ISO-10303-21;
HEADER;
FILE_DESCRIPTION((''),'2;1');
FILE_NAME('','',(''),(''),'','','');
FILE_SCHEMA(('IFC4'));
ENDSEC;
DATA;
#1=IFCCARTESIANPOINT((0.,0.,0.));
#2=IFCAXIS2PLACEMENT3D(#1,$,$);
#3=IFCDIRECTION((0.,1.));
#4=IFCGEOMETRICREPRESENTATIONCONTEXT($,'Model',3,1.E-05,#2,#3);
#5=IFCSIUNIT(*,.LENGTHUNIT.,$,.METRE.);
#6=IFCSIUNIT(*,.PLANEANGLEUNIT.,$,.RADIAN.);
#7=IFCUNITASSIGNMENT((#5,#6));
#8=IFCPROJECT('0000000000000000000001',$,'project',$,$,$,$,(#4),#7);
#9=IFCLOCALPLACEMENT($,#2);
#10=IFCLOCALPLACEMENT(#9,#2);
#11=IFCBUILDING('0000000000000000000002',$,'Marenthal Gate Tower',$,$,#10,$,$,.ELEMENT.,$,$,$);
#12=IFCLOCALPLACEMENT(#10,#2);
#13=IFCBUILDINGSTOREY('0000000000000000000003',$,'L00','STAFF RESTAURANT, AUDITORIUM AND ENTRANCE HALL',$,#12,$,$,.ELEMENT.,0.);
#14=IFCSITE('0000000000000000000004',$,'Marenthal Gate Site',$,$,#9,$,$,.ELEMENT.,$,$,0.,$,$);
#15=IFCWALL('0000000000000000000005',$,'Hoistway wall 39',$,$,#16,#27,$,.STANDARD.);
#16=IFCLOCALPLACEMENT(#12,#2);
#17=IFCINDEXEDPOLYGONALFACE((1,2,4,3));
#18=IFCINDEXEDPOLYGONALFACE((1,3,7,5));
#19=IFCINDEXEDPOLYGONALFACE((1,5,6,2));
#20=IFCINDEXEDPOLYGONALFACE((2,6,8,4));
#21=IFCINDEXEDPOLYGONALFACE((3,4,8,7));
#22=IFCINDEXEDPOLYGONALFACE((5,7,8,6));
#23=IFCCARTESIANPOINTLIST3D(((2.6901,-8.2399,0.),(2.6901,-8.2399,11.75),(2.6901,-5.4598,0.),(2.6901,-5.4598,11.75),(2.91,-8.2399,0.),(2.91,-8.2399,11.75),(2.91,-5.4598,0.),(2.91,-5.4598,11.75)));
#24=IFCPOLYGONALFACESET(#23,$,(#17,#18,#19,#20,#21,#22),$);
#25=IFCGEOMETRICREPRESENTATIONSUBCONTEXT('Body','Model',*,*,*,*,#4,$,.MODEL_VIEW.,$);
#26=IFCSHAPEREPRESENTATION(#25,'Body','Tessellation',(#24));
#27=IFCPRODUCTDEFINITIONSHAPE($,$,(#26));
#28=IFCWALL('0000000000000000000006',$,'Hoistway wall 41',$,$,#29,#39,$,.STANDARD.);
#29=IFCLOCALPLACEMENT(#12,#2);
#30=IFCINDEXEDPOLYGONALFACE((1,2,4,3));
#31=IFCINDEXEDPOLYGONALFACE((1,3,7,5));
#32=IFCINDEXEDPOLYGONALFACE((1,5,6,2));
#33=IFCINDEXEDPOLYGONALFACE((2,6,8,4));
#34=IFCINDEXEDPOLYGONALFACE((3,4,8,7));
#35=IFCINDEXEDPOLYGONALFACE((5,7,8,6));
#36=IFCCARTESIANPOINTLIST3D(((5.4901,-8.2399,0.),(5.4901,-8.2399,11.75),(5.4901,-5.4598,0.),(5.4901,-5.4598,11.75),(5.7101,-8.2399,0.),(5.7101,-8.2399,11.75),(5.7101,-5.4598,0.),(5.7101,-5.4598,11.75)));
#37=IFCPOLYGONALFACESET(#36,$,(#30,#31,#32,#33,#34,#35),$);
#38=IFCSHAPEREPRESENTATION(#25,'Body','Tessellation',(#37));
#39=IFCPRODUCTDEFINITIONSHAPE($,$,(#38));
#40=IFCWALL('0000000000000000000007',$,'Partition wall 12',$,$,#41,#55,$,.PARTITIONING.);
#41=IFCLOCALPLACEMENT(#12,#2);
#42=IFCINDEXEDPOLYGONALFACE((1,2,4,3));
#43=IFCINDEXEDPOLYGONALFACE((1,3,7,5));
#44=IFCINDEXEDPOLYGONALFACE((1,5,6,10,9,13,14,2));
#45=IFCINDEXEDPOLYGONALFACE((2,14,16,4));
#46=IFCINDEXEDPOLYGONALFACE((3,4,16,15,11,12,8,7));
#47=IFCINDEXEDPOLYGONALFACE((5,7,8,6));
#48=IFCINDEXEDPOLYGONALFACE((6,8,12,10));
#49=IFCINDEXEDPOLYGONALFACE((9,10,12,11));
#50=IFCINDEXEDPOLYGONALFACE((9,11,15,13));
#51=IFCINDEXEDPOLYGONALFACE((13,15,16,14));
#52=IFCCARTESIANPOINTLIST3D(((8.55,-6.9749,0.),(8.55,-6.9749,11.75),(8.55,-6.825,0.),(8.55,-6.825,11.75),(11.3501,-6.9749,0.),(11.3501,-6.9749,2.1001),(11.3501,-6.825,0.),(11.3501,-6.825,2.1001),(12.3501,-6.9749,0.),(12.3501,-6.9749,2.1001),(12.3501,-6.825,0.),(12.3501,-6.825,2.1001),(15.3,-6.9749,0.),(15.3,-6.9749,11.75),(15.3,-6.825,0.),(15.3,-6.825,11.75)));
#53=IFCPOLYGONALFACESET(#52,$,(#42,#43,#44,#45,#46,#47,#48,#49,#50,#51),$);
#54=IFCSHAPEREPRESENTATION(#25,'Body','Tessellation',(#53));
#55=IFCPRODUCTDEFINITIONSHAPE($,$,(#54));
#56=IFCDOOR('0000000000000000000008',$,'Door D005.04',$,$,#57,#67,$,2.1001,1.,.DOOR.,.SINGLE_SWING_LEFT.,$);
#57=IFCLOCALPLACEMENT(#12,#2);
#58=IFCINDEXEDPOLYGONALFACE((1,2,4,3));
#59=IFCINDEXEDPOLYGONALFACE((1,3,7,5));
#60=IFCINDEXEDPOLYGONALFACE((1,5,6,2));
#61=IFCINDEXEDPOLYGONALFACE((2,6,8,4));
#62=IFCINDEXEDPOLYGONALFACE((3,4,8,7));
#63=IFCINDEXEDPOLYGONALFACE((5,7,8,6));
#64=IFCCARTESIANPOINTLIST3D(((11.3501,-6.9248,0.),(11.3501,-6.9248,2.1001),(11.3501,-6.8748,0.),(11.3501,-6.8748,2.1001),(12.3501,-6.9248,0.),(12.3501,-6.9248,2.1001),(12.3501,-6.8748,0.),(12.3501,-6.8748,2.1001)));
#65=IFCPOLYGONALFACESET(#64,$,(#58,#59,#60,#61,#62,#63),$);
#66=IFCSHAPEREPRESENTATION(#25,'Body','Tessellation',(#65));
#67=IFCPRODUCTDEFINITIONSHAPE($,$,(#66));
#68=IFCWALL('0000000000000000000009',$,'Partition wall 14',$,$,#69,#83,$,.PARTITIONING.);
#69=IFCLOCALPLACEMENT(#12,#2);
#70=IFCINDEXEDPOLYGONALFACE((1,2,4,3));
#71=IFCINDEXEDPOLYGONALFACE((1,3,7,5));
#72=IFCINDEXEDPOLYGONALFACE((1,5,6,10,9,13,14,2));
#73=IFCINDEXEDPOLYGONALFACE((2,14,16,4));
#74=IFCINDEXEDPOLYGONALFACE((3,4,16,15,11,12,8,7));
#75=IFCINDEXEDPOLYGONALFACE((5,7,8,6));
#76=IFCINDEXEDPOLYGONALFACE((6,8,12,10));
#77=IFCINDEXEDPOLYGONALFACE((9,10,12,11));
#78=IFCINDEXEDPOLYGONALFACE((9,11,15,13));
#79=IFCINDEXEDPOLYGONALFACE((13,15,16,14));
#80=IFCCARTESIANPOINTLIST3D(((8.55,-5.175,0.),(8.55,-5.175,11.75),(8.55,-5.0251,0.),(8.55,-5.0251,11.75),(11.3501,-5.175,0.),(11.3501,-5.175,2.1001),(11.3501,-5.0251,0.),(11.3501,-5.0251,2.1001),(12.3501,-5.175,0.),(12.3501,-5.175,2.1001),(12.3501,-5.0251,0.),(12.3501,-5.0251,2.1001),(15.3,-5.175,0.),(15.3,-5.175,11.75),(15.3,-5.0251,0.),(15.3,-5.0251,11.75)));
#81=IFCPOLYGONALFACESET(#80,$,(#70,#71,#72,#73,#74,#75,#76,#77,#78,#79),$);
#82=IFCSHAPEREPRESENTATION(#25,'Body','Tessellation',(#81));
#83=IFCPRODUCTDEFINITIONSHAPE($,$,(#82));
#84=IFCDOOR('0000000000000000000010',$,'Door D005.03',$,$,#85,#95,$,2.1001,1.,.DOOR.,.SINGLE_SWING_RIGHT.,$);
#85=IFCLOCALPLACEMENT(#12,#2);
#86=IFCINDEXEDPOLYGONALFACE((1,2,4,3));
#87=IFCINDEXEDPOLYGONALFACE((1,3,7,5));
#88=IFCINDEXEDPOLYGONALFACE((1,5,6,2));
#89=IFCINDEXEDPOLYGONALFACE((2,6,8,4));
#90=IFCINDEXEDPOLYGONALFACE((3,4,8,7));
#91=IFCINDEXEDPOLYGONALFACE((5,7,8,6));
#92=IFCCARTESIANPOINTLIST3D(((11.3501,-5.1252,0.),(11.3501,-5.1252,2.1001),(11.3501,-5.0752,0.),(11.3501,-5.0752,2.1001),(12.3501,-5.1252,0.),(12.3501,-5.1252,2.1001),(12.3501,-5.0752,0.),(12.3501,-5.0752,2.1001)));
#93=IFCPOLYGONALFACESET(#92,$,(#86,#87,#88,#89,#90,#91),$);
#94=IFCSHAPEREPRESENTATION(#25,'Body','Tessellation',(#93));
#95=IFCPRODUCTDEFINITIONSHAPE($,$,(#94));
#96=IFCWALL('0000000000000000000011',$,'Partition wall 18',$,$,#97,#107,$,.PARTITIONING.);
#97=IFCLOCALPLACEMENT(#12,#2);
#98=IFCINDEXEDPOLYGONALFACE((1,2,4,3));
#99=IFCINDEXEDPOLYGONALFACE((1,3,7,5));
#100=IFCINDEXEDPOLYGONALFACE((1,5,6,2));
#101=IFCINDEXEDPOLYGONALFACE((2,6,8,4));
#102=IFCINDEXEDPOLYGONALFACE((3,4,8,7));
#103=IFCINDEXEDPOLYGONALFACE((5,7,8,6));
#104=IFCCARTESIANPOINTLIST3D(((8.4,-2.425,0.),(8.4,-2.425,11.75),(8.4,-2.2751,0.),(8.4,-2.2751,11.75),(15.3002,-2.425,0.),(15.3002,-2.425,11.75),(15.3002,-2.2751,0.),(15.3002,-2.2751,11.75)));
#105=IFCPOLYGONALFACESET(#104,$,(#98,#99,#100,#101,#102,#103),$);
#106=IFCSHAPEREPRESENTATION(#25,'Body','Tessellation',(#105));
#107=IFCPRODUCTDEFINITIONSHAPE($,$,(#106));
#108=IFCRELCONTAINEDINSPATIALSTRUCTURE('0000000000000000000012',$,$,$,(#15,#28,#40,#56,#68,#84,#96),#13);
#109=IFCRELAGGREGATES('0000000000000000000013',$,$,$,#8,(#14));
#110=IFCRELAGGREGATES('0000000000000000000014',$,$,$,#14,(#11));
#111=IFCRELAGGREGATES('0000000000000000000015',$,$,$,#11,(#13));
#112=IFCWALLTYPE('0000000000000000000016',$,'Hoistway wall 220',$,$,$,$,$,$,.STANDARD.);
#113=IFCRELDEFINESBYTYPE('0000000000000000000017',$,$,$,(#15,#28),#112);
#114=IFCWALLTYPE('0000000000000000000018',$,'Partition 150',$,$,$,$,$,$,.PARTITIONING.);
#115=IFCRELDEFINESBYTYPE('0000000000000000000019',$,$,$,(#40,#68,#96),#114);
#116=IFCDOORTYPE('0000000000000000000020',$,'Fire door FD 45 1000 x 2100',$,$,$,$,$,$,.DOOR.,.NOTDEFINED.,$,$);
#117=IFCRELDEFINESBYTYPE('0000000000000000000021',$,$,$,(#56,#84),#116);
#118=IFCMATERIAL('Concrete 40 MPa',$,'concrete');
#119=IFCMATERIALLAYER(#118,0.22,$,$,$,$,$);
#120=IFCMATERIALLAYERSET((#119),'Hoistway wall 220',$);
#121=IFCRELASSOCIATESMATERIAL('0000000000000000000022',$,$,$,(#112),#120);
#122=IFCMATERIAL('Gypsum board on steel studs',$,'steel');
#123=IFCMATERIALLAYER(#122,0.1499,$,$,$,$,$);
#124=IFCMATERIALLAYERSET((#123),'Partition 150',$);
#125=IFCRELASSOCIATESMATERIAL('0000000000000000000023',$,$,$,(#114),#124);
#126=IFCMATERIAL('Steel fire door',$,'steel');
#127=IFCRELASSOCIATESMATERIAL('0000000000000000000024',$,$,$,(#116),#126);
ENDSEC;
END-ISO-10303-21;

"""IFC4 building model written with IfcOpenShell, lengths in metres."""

from ifc_helpers import new_model, si_unit, direction, frame, frame_2d, origin, place, context, subcontext, project, spatial, rectangle, extrude, material, layer, layer_set, type_object, element, fill, save


model = new_model("IFC4")

# Units and contexts
model_context = context("Model", 3, precision=1e-05, world=origin(), true_north=direction((0.0, 1.0)))
body_context = subcontext(model_context, "Body", "Model", "MODEL_VIEW")
ifc_project = project(units=[si_unit("LENGTHUNIT", "METRE"), si_unit("PLANEANGLEUNIT", "RADIAN")], contexts=[model_context])

# Site, building, storey
site_placement = place(None, origin())
site = spatial("IfcSite", under=ifc_project, at=site_placement, Name="Marenthal Gate Site", CompositionType="ELEMENT", RefElevation=0.0)
building_placement = place(site_placement, origin())
building = spatial("IfcBuilding", under=site, at=building_placement, Name="Marenthal Gate Tower", CompositionType="ELEMENT")
storey_placement = place(building_placement, origin())
storey = spatial("IfcBuildingStorey", under=building, at=storey_placement, Name="L00", Description="STAFF RESTAURANT, AUDITORIUM AND ENTRANCE HALL", CompositionType="ELEMENT", Elevation=0.0)

# Walls
ifc_material_1 = material(Name="Concrete 40 MPa", Category="concrete")
ifc_layer_1 = layer(ifc_material_1, 0.22)
ifc_layer_set_1 = layer_set([ifc_layer_1], Name="Hoistway wall 220")
wall_type_1 = type_object("IfcWallType", Name="Hoistway wall 220", PredefinedType="STANDARD", material=ifc_layer_set_1)
for number, where, z_axis, x_axis, name in (
    (1, (2.8, -8.24, 0.0), (0.0, 0.0, 1.0), (0.0, 1.0, 0.0), "Hoistway wall 39"),
    (2, (5.6001, -8.24, 0.0), (0.0, 0.0, 1.0), (0.0, 1.0, 0.0), "Hoistway wall 41"),
):
    element("IfcWall", number, at=place(storey_placement, frame(where, z_axis=z_axis, x_axis=x_axis)), inside=storey, type_object=wall_type_1, Name=name, PredefinedType="STANDARD", context=body_context, shape_type="SweptSolid", body=[
        extrude(rectangle(XDim=2.78, YDim=0.22, at=frame_2d((1.3901, 0.0))), origin(), (0.0, 0.0, 1.0), 11.75),
    ])

# Walls, openings, doors
ifc_material_2 = material(Name="Gypsum board on steel studs", Category="steel")
ifc_layer_2 = layer(ifc_material_2, 0.1499)
ifc_layer_set_2 = layer_set([ifc_layer_2], Name="Partition 150")
wall_type_2 = type_object("IfcWallType", Name="Partition 150", PredefinedType="PARTITIONING", material=ifc_layer_set_2)
wall_1_placement = place(storey_placement, frame((8.55, -6.8999, 0.0), z_axis=(0.0, 0.0, 1.0), x_axis=(1.0, 0.0, 0.0)))
wall_1 = element("IfcWall", 3, at=wall_1_placement, inside=storey, type_object=wall_type_2, Name="Partition wall 12", PredefinedType="PARTITIONING", context=body_context, shape_type="SweptSolid", body=[
    extrude(rectangle(XDim=6.75, YDim=0.1499, at=frame_2d((3.375, 0.0))), origin(), (0.0, 0.0, 1.0), 11.75),
])
opening_1_placement = place(wall_1_placement, frame((2.8, 0.0, 0.0)))
opening_1 = element("IfcOpeningElement", 4, at=opening_1_placement, cuts=wall_1, PredefinedType="OPENING", context=body_context, shape_type="SweptSolid", body=[
    extrude(rectangle(XDim=1.0, YDim=2.1001, at=frame_2d((0.5, 1.05))), frame((0.0, 0.085, 0.0), z_axis=(0.0, -1.0, 0.0), x_axis=(1.0, 0.0, 0.0)), (0.0, 0.0, 1.0), 0.1699),
])
ifc_material_3 = material(Name="Steel fire door", Category="steel")
door_type = type_object("IfcDoorType", Name="Fire door FD 45 1000 x 2100", OperationType="NOTDEFINED", PredefinedType="DOOR", material=ifc_material_3)
door_1_placement = place(opening_1_placement, frame((1.0, 0.0, 0.0), z_axis=(0.0, 0.0, 1.0), x_axis=(-1.0, 0.0, 0.0)))
door_1 = element("IfcDoor", 5, at=door_1_placement, inside=storey, type_object=door_type, Name="Door D005.04", OperationType="SINGLE_SWING_LEFT", OverallHeight=2.1001, OverallWidth=1.0, PredefinedType="DOOR", context=body_context, shape_type="SweptSolid", body=[
    extrude(rectangle(XDim=1.0, YDim=2.1001, at=frame_2d((0.5, 1.05))), frame((0.0, 0.0249, 0.0), z_axis=(0.0, -1.0, 0.0), x_axis=(1.0, 0.0, 0.0)), (0.0, 0.0, 1.0), 0.05),
])
fill(opening_1, door_1)
wall_2_placement = place(storey_placement, frame((8.55, -5.1001, 0.0), z_axis=(0.0, 0.0, 1.0), x_axis=(1.0, 0.0, 0.0)))
wall_2 = element("IfcWall", 6, at=wall_2_placement, inside=storey, type_object=wall_type_2, Name="Partition wall 14", PredefinedType="PARTITIONING", context=body_context, shape_type="SweptSolid", body=[
    extrude(rectangle(XDim=6.75, YDim=0.1499, at=frame_2d((3.375, 0.0))), origin(), (0.0, 0.0, 1.0), 11.75),
])
opening_2_placement = place(wall_2_placement, frame((2.8, 0.0, 0.0)))
opening_2 = element("IfcOpeningElement", 7, at=opening_2_placement, cuts=wall_2, PredefinedType="OPENING", context=body_context, shape_type="SweptSolid", body=[
    extrude(rectangle(XDim=1.0, YDim=2.1001, at=frame_2d((0.5, 1.05))), frame((0.0, 0.085, 0.0), z_axis=(0.0, -1.0, 0.0), x_axis=(1.0, 0.0, 0.0)), (0.0, 0.0, 1.0), 0.1699),
])
door_2_placement = place(opening_2_placement, origin())
door_2 = element("IfcDoor", 8, at=door_2_placement, inside=storey, type_object=door_type, Name="Door D005.03", OperationType="SINGLE_SWING_RIGHT", OverallHeight=2.1001, OverallWidth=1.0, PredefinedType="DOOR", context=body_context, shape_type="SweptSolid", body=[
    extrude(rectangle(XDim=1.0, YDim=2.1001, at=frame_2d((0.5, 1.05))), frame((0.0, 0.0249, 0.0), z_axis=(0.0, -1.0, 0.0), x_axis=(1.0, 0.0, 0.0)), (0.0, 0.0, 1.0), 0.05),
])
fill(opening_2, door_2)

# Wall
wall_3_placement = place(storey_placement, frame((8.3999, -2.3501, 0.0), z_axis=(0.0, 0.0, 1.0), x_axis=(1.0, 0.0, 0.0)))
element("IfcWall", 9, at=wall_3_placement, inside=storey, type_object=wall_type_2, Name="Partition wall 18", PredefinedType="PARTITIONING", context=body_context, shape_type="SweptSolid", body=[
    extrude(rectangle(XDim=6.9001, YDim=0.1499, at=frame_2d((3.4502, 0.0))), origin(), (0.0, 0.0, 1.0), 11.75),
])

save(model, "model.ifc")
